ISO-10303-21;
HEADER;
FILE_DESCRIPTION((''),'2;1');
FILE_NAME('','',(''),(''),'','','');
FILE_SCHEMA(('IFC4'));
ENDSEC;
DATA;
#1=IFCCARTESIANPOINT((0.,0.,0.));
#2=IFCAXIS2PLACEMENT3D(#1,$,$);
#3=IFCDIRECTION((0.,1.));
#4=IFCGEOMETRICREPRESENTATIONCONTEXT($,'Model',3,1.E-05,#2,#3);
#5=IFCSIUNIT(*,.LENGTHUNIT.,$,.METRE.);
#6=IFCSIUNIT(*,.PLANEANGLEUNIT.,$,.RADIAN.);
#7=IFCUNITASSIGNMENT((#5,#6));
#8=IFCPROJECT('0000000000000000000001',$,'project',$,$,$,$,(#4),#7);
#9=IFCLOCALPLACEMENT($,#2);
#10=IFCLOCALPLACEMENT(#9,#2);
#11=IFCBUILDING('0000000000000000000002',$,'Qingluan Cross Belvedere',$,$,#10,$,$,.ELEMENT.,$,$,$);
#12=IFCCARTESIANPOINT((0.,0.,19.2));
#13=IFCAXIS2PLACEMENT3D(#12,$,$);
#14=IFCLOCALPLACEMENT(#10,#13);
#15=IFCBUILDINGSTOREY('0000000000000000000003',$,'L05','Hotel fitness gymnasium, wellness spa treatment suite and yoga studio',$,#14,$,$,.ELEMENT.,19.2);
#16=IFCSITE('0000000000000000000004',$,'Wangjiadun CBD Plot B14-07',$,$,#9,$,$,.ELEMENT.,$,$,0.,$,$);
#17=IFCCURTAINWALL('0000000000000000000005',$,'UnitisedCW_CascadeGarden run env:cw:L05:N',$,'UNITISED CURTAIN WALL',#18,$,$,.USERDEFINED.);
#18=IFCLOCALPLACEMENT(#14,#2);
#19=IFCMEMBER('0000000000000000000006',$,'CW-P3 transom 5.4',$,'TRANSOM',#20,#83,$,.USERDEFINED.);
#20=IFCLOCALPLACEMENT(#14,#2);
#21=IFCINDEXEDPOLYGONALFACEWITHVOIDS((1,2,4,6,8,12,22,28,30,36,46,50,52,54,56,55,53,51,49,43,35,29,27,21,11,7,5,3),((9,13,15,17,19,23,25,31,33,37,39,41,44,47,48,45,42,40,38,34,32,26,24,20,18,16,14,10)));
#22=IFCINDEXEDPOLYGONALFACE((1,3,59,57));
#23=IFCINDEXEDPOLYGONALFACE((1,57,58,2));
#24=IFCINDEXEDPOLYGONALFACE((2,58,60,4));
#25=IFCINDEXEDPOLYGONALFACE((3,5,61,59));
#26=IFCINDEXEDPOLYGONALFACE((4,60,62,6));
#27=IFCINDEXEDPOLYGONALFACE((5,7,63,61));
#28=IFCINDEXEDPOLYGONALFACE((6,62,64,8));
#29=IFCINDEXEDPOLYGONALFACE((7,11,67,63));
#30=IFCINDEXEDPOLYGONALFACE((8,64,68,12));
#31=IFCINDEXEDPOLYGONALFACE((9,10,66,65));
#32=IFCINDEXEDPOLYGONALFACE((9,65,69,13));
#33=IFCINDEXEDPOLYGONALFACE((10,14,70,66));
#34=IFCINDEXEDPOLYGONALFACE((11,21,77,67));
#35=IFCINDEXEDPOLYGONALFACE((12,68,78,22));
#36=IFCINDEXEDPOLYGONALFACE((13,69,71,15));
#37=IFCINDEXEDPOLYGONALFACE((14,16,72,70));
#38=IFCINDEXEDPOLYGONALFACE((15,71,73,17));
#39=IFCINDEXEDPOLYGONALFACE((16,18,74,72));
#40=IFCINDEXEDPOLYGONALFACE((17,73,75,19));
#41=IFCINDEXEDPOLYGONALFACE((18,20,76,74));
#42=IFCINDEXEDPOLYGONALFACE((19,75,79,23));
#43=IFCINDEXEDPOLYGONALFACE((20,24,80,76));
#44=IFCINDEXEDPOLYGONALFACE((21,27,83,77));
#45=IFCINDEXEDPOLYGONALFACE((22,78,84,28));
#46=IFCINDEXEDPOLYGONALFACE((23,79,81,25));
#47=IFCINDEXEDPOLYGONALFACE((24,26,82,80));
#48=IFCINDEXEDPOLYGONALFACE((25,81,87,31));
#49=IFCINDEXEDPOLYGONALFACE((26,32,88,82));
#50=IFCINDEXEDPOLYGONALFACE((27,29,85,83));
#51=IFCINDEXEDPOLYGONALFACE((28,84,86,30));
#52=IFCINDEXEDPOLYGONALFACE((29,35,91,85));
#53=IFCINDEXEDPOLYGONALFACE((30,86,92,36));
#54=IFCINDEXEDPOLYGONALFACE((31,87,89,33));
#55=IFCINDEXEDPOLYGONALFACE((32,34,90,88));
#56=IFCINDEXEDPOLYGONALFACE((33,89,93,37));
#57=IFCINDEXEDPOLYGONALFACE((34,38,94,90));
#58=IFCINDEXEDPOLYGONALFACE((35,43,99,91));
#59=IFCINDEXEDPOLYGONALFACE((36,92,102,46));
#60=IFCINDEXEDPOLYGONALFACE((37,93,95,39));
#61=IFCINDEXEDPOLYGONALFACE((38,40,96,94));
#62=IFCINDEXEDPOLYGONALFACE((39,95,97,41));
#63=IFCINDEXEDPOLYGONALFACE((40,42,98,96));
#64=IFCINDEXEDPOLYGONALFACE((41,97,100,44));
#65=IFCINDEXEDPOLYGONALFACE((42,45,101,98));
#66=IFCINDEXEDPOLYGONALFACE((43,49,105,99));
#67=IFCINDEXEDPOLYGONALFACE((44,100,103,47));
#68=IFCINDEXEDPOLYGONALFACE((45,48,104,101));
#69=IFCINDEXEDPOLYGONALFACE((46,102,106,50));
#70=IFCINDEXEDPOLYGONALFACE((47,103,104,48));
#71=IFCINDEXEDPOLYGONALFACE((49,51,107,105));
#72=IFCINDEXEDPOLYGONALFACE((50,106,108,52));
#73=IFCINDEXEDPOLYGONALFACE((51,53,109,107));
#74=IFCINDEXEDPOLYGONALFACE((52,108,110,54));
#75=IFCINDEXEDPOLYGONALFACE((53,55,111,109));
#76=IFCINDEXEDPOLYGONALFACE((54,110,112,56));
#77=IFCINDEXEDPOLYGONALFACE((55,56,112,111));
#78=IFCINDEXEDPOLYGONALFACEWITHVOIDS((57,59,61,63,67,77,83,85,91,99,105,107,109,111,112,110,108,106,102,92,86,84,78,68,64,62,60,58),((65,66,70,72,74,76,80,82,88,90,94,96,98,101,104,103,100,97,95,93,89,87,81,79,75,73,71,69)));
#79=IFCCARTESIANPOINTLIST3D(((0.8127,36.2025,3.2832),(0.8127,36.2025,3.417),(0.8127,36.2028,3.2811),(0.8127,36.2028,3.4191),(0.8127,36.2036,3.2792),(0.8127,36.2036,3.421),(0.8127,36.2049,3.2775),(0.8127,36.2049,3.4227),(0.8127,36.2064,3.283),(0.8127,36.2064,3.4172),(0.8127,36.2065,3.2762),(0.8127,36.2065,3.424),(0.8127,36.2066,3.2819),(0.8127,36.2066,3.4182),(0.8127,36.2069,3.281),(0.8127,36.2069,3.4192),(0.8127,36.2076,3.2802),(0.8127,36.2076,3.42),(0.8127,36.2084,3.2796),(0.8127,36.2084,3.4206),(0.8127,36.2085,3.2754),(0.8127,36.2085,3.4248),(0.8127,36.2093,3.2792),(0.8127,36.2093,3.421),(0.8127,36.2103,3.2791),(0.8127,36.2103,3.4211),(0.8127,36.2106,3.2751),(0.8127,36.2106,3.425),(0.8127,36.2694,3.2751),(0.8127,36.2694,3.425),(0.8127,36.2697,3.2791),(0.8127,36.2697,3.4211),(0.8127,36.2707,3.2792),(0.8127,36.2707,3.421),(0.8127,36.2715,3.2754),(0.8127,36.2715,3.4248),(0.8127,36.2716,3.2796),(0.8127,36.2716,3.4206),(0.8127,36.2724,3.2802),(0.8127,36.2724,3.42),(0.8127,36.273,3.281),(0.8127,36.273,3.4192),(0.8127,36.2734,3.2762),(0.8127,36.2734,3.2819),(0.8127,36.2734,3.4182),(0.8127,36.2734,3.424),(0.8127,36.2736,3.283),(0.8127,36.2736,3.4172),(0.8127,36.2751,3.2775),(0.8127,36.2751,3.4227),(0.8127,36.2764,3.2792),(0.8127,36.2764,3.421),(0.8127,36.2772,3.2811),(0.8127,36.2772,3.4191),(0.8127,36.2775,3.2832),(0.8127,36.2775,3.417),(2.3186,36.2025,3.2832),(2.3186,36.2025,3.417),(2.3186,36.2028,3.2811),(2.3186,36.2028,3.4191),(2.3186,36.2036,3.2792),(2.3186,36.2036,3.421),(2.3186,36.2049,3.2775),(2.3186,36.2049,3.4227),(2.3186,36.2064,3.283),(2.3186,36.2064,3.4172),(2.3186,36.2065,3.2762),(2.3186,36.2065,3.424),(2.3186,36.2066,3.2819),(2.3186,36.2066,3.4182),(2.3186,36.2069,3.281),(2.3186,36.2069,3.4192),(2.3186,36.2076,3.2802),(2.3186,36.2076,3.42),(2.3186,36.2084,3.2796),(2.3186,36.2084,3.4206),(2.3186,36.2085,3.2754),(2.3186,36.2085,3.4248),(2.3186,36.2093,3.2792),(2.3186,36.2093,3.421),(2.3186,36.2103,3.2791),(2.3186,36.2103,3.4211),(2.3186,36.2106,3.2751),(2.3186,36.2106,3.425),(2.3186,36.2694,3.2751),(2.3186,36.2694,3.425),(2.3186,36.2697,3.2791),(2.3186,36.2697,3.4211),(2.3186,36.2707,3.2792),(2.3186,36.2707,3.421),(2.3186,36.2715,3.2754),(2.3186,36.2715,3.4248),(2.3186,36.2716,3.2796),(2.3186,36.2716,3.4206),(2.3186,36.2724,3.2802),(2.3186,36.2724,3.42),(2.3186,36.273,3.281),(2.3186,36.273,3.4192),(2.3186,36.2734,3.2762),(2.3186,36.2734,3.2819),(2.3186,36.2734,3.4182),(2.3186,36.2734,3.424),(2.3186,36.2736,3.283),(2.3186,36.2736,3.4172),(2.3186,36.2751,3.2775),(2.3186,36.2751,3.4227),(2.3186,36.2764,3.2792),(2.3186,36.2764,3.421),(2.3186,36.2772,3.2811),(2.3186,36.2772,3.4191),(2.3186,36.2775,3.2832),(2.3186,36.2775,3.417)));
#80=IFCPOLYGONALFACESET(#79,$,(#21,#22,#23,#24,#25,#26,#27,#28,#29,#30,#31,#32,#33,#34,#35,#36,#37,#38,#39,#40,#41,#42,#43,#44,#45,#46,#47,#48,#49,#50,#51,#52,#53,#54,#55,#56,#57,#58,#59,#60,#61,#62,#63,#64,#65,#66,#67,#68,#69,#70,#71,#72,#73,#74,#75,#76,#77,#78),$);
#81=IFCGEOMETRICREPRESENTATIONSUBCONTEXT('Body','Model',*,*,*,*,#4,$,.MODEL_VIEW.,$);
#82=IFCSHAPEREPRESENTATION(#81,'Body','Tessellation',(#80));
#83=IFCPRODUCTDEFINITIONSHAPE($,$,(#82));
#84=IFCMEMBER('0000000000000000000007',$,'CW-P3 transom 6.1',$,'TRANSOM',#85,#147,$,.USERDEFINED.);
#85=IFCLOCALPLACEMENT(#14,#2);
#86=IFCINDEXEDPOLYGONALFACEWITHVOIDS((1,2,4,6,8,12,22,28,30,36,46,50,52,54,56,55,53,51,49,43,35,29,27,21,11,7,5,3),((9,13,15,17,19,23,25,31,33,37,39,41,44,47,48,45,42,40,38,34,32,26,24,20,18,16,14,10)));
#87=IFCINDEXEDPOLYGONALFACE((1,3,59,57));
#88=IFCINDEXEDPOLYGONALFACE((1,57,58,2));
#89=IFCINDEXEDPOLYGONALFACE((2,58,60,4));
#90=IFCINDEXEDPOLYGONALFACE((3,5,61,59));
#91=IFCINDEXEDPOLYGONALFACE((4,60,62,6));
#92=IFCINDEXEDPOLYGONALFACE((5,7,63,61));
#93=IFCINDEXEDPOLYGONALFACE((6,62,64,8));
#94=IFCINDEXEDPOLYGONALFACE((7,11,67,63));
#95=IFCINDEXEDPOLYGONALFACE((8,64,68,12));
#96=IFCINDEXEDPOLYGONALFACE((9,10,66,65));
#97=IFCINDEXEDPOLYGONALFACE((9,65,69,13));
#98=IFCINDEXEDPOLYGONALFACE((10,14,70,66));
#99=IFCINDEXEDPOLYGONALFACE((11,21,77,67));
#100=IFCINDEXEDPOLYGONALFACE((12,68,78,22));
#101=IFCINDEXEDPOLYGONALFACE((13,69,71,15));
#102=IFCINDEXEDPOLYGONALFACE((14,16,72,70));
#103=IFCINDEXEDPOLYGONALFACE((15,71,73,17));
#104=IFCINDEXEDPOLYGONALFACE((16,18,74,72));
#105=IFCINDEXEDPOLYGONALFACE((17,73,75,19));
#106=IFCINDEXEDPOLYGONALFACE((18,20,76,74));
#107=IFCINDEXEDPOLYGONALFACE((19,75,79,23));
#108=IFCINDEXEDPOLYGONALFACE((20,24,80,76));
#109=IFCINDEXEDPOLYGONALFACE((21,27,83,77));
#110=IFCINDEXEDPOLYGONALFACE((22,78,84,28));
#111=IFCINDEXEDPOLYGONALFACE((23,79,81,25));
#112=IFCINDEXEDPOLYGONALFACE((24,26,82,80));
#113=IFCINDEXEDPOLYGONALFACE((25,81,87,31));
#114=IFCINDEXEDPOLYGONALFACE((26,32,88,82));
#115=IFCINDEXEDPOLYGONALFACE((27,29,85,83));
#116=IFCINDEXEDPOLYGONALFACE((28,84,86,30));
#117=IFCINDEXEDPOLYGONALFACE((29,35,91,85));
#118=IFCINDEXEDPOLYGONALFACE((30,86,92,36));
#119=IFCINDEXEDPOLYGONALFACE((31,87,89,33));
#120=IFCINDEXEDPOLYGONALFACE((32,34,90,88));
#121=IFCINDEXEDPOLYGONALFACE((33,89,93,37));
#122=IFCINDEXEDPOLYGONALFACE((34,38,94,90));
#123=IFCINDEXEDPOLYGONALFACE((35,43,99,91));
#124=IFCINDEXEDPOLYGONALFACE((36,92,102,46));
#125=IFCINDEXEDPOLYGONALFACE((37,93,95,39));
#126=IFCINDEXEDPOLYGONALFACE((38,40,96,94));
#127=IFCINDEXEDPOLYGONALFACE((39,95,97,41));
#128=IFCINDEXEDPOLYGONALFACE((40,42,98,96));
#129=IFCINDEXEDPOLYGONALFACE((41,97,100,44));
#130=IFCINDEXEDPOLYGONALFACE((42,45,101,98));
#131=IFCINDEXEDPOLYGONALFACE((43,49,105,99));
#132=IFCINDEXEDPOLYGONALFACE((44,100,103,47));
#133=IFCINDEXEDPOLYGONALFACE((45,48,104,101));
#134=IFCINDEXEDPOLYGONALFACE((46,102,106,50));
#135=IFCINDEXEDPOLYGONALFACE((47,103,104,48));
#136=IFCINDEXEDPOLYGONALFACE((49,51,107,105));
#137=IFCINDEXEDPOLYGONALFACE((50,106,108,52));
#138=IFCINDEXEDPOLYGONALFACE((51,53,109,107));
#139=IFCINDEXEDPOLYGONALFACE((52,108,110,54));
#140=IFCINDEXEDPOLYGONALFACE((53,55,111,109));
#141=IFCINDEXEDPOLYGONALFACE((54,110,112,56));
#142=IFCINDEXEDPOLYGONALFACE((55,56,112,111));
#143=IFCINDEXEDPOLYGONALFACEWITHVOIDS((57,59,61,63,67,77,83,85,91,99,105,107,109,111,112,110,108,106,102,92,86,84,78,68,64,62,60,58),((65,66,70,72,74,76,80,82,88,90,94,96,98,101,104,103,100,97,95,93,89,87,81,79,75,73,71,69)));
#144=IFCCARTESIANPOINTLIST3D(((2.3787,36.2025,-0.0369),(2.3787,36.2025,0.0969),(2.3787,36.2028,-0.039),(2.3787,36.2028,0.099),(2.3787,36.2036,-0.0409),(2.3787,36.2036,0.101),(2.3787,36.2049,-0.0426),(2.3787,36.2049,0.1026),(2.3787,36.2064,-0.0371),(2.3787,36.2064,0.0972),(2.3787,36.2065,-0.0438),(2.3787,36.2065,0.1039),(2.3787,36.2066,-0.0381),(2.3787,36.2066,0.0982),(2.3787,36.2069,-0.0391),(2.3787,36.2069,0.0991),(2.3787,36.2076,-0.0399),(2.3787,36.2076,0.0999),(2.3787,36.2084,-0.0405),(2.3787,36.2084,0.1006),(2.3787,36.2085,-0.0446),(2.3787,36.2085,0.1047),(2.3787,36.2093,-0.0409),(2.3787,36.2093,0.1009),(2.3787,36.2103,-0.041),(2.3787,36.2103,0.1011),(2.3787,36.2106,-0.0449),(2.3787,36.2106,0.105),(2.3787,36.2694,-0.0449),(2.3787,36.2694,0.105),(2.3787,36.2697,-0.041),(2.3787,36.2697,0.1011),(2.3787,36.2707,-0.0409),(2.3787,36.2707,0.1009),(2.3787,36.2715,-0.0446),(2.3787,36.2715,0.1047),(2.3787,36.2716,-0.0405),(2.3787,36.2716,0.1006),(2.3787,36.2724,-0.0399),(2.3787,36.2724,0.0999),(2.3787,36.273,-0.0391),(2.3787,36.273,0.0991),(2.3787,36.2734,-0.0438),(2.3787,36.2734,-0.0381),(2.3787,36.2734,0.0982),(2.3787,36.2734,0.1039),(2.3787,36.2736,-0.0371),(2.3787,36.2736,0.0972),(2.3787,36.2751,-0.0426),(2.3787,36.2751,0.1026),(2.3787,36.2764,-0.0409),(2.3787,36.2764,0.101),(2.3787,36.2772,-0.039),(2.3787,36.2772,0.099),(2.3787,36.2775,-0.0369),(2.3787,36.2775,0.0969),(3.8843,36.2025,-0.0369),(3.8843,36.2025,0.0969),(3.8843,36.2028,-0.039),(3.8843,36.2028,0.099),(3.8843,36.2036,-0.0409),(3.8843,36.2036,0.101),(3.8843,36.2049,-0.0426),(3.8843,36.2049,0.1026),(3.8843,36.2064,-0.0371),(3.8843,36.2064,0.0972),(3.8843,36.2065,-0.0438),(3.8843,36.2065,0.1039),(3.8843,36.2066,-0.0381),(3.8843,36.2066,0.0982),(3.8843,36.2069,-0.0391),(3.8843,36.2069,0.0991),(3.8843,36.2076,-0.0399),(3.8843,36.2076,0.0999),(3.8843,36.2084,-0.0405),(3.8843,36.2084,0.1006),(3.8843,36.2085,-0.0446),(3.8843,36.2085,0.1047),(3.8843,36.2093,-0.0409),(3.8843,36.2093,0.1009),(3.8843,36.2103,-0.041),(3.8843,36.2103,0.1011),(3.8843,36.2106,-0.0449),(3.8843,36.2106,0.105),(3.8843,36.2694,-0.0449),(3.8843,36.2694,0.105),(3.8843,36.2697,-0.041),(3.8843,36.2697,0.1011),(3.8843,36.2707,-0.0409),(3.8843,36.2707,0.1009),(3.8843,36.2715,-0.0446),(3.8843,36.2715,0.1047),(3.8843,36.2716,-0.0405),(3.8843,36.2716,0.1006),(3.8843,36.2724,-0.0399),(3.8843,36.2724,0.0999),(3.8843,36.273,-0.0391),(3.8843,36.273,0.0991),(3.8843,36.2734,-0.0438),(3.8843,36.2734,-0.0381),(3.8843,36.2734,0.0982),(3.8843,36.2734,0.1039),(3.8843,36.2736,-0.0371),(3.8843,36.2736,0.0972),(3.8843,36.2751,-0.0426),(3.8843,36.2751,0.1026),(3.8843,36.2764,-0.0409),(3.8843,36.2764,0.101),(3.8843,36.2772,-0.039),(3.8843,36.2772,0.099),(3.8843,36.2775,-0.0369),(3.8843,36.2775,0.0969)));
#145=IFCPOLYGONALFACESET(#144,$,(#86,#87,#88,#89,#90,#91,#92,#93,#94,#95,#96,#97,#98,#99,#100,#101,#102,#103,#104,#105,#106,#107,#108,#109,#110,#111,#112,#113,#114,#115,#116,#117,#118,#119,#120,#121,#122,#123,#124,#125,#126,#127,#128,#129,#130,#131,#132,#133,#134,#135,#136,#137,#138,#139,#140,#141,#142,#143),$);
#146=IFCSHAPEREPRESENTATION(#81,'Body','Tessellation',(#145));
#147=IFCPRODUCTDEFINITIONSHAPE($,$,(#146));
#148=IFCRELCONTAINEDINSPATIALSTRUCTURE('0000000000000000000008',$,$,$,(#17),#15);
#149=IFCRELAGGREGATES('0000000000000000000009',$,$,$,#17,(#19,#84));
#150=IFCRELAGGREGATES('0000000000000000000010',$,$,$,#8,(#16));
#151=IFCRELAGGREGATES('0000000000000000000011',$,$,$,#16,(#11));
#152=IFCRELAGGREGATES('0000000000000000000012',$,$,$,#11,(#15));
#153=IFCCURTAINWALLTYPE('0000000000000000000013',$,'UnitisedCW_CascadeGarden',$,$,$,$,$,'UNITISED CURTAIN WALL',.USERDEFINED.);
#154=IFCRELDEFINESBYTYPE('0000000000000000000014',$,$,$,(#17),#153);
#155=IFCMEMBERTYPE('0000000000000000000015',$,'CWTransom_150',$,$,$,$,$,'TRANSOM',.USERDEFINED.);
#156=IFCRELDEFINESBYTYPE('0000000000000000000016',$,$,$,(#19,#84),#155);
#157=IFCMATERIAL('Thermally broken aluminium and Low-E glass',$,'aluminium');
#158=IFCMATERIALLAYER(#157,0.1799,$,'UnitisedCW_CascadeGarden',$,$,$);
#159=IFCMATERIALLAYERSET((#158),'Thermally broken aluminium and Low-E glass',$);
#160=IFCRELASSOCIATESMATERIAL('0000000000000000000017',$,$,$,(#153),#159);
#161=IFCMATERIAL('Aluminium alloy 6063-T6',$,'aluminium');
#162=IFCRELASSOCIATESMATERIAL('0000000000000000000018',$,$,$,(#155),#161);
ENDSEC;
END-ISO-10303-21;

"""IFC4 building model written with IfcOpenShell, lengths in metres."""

from ifc_helpers import new_model, si_unit, direction, frame, origin, origin_2d, place, context, subcontext, project, spatial, hollow_rectangle, extrude, material, layer, layer_set, material_profile, profile_set, type_object, element, aggregate, save


model = new_model("IFC4")

# Units and contexts
model_context = context("Model", 3, precision=1e-05, world=origin(), true_north=direction((0.0, 1.0)))
body_context = subcontext(model_context, "Body", "Model", "MODEL_VIEW")
ifc_project = project(units=[si_unit("LENGTHUNIT", "METRE"), si_unit("PLANEANGLEUNIT", "RADIAN")], contexts=[model_context])

# Site, building, storey
site_placement = place(None, origin())
site = spatial("IfcSite", under=ifc_project, at=site_placement, Name="Wangjiadun CBD Plot B14-07", CompositionType="ELEMENT", RefElevation=0.0)
building_placement = place(site_placement, origin())
building = spatial("IfcBuilding", under=site, at=building_placement, Name="Qingluan Cross Belvedere", CompositionType="ELEMENT")
storey_placement = place(building_placement, frame((0.0, 0.0, 19.2)))
storey = spatial("IfcBuildingStorey", under=building, at=storey_placement, Name="L05", Description="Hotel fitness gymnasium, wellness spa treatment suite and yoga studio", CompositionType="ELEMENT", Elevation=19.2)

# Curtain wall, members
ifc_material_1 = material(Name="Thermally broken aluminium and Low-E glass", Category="aluminium")
ifc_layer_1 = layer(ifc_material_1, 0.1799, Name="UnitisedCW_CascadeGarden")
ifc_layer_set_1 = layer_set([ifc_layer_1], Name="Thermally broken aluminium and Low-E glass")
curtain_wall_type = type_object("IfcCurtainWallType", Name="UnitisedCW_CascadeGarden", ElementType="UNITISED CURTAIN WALL", PredefinedType="USERDEFINED", material=ifc_layer_set_1)
curtain_wall_placement = place(storey_placement, origin())
curtain_wall = element("IfcCurtainWall", 1, at=curtain_wall_placement, inside=storey, type_object=curtain_wall_type, Name="UnitisedCW_CascadeGarden run env:cw:L05:N", ObjectType="UNITISED CURTAIN WALL", PredefinedType="USERDEFINED")
ifc_material_2 = material(Name="Aluminium alloy 6063-T6", Category="aluminium")
ifc_material_profile_1 = material_profile(ifc_material_2, hollow_rectangle(XDim=0.075, YDim=0.1499, WallThickness=0.0039, InnerFilletRadius=0.0039, OuterFilletRadius=0.0081, at=origin_2d()), Name="CWT150x75x4")
ifc_profile_set_1 = profile_set([ifc_material_profile_1], Name="Aluminium alloy 6063-T6")
member_type_1 = type_object("IfcMemberType", Name="CWTransom_150", ElementType="TRANSOM", PredefinedType="USERDEFINED", material=ifc_profile_set_1)
member_1_placement = place(storey_placement, frame((0.8127, 36.24, 3.3501), z_axis=(1.0, 0.0, 0.0), x_axis=(0.0, 1.0, 0.0)))
member_1 = element("IfcMember", 2, at=member_1_placement, type_object=member_type_1, Name="CW-P3 transom 5.4", ObjectType="TRANSOM", PredefinedType="USERDEFINED", context=body_context, shape_type="SweptSolid", body=[
    extrude(hollow_rectangle(XDim=0.075, YDim=0.1499, WallThickness=0.0039, InnerFilletRadius=0.0039, OuterFilletRadius=0.0081, at=origin_2d()), origin(), (0.0, 0.0, 1.0), 1.5059),
])
member_2_placement = place(storey_placement, frame((2.3787, 36.24, 0.03), z_axis=(1.0, 0.0, 0.0), x_axis=(0.0, 1.0, 0.0)))
member_2 = element("IfcMember", 3, at=member_2_placement, type_object=member_type_1, Name="CW-P3 transom 6.1", ObjectType="TRANSOM", PredefinedType="USERDEFINED", context=body_context, shape_type="SweptSolid", body=[
    extrude(hollow_rectangle(XDim=0.075, YDim=0.1499, WallThickness=0.0039, InnerFilletRadius=0.0039, OuterFilletRadius=0.0081, at=origin_2d()), origin(), (0.0, 0.0, 1.0), 1.5056),
])

aggregate(curtain_wall, [member_1, member_2])

save(model, "model.ifc")
